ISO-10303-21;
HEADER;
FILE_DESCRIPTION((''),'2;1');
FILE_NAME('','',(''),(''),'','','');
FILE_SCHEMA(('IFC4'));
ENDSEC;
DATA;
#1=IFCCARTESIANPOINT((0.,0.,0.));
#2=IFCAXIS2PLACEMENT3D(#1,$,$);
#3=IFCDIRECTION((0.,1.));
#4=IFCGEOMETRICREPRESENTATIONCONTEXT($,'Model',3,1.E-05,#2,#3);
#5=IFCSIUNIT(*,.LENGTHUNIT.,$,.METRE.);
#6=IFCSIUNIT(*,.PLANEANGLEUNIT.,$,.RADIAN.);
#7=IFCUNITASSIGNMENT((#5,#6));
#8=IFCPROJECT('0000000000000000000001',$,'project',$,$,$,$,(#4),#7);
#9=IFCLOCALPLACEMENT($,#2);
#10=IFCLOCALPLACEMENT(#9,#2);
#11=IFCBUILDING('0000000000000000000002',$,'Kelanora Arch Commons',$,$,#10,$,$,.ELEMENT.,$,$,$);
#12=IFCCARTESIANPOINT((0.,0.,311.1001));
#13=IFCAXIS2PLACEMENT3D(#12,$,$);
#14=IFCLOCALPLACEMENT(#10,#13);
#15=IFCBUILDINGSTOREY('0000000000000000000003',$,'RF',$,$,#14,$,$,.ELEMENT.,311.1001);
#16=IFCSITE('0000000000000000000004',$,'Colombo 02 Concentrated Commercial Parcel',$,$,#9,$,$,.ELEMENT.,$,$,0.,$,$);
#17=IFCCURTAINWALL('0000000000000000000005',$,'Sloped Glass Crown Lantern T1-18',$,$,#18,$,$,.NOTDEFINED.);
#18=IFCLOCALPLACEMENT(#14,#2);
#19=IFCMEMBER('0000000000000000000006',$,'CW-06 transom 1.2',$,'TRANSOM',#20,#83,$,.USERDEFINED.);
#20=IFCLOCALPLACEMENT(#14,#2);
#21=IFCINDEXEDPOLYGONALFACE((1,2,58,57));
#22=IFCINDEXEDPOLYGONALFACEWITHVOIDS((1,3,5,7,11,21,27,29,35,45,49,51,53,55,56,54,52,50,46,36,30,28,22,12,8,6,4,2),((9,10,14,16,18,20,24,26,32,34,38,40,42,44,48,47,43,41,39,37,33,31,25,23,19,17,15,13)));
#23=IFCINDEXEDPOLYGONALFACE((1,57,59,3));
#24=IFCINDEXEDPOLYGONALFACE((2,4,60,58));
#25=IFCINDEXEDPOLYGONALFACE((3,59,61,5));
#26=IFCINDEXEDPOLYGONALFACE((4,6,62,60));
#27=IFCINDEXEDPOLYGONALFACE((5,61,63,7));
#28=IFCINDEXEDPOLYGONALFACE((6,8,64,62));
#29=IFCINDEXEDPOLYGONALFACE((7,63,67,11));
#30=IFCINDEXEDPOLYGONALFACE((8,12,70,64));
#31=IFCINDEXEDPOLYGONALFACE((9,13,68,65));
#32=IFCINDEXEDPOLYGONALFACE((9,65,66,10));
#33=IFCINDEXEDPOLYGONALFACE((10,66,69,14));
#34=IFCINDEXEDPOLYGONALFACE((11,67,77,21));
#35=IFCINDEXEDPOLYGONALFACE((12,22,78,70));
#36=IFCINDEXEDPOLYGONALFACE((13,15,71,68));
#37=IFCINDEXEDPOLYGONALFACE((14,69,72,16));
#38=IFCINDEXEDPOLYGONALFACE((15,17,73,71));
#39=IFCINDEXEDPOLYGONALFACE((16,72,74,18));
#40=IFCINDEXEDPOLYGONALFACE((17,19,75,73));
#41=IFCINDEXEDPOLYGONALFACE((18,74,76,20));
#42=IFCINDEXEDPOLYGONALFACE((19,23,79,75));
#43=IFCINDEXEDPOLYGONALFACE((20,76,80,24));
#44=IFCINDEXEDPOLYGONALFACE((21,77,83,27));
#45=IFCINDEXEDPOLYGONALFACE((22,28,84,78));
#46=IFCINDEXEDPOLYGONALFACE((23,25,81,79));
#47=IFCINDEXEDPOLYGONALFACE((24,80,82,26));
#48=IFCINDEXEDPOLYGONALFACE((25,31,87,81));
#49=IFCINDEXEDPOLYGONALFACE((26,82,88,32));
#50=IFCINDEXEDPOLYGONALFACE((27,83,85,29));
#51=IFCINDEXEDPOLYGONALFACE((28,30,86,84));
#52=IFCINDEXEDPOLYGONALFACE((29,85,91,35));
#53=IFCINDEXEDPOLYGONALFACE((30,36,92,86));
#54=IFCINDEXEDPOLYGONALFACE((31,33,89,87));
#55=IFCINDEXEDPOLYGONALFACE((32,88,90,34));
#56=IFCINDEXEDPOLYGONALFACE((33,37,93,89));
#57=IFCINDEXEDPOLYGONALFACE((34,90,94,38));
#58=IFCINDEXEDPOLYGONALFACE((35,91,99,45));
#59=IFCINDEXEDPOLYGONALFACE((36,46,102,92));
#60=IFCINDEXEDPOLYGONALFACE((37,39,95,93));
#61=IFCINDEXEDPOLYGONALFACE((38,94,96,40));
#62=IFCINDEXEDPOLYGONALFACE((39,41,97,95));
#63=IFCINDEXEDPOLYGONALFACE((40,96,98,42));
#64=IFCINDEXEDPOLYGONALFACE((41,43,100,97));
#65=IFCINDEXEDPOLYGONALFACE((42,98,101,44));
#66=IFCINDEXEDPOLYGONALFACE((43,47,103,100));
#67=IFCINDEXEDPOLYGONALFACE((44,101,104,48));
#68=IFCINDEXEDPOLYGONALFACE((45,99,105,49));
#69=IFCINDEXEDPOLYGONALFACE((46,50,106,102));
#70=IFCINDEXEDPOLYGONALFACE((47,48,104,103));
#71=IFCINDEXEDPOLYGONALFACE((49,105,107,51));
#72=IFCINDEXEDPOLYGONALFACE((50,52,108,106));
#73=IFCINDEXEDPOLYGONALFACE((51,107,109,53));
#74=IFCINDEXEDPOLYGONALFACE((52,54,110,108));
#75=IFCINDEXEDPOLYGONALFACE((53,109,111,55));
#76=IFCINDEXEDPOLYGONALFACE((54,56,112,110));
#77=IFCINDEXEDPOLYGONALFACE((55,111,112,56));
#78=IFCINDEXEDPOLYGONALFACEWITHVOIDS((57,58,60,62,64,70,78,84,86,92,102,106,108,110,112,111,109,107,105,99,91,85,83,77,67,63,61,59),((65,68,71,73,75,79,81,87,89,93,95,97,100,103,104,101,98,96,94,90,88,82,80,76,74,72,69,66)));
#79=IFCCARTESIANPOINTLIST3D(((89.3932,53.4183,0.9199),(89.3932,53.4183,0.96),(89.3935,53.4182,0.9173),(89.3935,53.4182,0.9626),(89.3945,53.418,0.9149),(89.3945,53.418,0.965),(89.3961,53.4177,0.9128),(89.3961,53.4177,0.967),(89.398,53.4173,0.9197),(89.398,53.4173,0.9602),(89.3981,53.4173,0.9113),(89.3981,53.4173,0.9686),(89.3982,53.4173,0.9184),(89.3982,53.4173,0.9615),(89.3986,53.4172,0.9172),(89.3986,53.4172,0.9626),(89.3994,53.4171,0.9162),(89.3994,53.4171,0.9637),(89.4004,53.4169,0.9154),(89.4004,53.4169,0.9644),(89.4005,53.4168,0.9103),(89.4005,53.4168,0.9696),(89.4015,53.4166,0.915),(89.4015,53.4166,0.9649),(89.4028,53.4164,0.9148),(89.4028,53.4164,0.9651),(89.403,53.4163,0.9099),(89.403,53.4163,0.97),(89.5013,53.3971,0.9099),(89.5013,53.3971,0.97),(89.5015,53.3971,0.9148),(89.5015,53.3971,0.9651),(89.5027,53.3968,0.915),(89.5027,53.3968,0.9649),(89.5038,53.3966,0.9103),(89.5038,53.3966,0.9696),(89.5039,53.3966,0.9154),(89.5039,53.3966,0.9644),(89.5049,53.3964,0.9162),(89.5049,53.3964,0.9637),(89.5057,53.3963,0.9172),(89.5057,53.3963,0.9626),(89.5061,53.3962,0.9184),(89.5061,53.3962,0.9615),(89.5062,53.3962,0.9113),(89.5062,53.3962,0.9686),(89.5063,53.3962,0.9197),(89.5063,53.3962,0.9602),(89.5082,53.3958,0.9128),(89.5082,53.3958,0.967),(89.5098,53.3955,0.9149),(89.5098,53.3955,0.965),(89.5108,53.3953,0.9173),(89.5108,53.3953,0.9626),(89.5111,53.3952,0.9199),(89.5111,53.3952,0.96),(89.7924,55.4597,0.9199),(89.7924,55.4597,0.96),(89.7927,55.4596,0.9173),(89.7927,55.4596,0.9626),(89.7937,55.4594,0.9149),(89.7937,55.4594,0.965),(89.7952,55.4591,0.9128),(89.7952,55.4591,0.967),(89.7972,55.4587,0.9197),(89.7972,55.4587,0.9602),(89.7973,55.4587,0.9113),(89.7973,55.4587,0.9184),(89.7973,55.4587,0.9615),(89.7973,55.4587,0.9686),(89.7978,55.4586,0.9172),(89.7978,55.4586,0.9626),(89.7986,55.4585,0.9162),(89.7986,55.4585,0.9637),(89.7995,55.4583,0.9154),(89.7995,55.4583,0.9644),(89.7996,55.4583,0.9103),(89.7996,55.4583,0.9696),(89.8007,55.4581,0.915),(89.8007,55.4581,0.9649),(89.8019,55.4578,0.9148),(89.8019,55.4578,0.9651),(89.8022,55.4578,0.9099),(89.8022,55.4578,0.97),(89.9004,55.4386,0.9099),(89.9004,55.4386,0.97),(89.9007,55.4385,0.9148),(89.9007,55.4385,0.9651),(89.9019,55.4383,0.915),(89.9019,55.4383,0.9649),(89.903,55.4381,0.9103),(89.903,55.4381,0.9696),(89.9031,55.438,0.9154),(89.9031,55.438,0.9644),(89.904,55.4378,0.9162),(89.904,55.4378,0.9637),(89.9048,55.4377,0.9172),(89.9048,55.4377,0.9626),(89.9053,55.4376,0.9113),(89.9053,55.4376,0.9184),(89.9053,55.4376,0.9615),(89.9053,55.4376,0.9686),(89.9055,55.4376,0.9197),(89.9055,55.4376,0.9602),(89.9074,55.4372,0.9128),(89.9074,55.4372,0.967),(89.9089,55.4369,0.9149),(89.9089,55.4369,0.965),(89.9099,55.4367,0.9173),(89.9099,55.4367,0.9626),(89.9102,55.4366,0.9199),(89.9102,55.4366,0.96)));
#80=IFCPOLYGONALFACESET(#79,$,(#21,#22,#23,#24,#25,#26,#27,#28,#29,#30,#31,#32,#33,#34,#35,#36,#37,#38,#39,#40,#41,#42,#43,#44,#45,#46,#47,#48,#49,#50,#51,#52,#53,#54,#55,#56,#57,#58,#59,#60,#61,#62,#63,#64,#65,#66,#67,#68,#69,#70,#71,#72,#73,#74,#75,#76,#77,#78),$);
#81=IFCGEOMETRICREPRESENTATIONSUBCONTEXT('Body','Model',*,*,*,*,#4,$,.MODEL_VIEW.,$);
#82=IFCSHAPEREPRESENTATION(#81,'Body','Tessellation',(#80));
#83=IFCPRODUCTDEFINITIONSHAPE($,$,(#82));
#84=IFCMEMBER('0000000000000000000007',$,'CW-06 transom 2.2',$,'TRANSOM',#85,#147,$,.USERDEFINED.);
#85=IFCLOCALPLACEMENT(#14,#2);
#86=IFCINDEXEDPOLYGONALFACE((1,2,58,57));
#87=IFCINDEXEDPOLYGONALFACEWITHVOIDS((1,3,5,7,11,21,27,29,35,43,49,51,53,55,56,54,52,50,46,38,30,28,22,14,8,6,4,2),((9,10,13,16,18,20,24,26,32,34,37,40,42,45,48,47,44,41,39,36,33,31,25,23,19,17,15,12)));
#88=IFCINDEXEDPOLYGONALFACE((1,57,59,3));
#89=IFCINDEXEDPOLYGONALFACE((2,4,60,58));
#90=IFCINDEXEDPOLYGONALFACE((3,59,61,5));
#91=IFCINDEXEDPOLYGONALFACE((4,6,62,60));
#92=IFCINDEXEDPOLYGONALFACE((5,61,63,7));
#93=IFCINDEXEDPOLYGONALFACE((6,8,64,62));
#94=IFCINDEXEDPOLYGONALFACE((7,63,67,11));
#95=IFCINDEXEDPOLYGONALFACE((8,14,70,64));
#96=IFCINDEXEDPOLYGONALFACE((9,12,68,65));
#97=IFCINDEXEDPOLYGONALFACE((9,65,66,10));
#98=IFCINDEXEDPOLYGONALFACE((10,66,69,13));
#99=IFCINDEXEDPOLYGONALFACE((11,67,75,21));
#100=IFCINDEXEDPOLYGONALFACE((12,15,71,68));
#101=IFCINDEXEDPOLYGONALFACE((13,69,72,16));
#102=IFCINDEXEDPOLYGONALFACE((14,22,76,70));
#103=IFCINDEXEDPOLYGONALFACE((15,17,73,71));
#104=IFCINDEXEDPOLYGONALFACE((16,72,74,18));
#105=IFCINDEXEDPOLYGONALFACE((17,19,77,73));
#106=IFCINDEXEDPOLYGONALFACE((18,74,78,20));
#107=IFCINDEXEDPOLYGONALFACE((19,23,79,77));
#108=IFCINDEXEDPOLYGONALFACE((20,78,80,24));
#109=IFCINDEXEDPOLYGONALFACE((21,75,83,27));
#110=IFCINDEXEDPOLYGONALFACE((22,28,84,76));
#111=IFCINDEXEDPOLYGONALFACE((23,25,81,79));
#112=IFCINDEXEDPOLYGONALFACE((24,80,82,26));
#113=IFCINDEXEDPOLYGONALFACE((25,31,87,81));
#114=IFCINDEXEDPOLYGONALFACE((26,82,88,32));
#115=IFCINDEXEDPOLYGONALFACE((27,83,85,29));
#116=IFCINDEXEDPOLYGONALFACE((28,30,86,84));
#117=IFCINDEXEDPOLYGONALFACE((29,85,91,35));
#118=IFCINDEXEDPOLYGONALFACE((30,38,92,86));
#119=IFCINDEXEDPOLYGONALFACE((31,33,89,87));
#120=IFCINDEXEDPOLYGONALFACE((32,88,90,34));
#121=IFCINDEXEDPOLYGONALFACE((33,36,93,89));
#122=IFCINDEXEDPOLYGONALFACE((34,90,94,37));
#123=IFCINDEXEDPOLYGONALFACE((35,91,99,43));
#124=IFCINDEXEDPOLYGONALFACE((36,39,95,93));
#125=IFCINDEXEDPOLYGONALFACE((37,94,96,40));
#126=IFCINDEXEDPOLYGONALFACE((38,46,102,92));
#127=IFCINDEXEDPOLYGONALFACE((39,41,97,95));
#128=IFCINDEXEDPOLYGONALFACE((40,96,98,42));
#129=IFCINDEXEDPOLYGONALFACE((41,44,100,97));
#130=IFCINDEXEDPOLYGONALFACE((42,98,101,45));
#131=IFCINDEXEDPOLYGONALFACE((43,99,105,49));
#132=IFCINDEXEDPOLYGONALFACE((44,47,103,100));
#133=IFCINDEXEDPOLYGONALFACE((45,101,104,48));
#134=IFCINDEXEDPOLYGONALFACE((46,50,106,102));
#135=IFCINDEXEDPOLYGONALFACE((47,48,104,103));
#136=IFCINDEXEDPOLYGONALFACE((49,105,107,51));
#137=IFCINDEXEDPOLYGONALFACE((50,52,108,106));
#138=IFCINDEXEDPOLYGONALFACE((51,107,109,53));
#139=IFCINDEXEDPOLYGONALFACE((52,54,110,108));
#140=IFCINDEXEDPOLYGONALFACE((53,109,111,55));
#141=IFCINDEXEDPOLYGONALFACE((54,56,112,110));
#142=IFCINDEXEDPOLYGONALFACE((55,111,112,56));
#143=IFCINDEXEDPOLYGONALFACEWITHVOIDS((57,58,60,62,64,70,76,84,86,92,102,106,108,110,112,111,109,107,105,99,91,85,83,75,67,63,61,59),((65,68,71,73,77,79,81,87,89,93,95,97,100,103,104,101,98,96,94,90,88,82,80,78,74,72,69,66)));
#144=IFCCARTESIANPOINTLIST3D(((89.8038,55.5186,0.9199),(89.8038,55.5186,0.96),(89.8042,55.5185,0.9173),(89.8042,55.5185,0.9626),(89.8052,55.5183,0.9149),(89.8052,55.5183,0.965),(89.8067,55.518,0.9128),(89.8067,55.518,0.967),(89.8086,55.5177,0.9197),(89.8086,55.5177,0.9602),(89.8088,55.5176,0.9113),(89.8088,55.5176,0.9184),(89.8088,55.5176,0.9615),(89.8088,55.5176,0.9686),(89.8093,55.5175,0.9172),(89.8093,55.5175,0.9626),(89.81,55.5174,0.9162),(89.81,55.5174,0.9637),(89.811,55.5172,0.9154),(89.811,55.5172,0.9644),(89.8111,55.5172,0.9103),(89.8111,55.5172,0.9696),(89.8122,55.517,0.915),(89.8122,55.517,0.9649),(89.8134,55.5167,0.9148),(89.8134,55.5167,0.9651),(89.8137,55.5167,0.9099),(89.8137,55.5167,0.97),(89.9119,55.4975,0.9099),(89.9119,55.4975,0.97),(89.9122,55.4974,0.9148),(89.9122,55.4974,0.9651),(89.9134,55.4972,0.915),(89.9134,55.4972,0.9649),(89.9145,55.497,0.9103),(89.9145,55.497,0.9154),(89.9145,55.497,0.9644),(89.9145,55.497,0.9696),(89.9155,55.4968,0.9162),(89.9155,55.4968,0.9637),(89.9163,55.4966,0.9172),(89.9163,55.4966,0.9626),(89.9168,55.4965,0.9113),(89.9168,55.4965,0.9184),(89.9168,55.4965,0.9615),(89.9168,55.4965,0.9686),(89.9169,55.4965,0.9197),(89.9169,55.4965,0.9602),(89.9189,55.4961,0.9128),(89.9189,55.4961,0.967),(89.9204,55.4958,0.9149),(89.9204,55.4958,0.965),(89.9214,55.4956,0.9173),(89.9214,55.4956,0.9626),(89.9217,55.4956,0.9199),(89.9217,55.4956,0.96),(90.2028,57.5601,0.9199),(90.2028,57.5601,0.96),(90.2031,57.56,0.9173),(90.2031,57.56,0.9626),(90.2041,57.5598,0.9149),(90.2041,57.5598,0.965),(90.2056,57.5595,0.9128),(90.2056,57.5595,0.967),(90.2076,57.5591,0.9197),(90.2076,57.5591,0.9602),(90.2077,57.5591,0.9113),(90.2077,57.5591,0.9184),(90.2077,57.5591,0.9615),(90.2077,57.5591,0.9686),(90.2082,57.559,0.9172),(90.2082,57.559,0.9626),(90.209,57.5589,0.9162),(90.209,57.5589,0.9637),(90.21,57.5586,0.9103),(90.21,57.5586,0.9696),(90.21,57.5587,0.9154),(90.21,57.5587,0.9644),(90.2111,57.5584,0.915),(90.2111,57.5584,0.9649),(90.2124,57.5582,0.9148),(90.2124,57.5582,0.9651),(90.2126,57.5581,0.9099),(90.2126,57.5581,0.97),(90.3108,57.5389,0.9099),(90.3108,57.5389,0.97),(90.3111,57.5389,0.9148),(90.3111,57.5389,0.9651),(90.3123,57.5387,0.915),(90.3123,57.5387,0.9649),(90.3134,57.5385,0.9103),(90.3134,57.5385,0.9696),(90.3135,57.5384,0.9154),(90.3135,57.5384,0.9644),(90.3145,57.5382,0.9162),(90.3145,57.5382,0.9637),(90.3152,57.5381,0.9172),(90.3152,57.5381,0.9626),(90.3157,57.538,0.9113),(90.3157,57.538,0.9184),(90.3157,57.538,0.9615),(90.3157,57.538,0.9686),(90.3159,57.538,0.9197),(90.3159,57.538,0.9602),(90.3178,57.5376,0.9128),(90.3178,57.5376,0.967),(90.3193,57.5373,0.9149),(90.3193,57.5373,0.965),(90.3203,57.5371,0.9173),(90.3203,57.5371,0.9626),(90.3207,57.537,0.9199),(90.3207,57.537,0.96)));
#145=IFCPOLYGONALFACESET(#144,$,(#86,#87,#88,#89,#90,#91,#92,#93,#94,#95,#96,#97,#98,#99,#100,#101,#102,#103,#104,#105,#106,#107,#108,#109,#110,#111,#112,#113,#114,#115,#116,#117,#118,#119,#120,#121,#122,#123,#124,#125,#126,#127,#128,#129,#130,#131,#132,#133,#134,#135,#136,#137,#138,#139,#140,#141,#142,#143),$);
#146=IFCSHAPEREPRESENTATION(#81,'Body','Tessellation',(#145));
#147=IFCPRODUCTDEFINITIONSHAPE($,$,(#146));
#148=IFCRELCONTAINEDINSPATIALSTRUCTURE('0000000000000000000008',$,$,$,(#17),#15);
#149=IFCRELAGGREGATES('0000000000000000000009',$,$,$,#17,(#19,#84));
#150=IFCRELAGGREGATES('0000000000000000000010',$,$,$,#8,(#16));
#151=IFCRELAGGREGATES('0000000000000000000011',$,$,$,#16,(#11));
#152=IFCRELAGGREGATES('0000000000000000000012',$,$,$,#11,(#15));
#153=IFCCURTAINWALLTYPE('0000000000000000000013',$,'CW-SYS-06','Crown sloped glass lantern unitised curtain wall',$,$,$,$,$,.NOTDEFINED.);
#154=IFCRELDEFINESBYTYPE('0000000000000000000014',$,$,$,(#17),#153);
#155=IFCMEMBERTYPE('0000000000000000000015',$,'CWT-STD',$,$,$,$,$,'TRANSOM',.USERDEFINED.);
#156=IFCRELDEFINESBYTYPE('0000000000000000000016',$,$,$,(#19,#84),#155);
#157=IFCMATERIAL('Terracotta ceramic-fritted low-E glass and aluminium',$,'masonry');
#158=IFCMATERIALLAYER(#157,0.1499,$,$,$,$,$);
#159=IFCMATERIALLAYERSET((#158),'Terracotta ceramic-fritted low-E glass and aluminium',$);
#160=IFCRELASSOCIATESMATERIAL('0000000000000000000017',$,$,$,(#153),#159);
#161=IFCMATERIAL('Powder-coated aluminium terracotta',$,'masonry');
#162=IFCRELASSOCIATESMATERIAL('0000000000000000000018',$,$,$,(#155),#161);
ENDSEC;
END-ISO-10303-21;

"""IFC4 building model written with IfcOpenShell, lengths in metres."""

from ifc_helpers import new_model, si_unit, direction, frame, origin, origin_2d, place, context, subcontext, project, spatial, hollow_rectangle, extrude, material, layer, layer_set, material_profile, profile_set, type_object, element, aggregate, save


model = new_model("IFC4")

# Units and contexts
model_context = context("Model", 3, precision=1e-05, world=origin(), true_north=direction((0.0, 1.0)))
body_context = subcontext(model_context, "Body", "Model", "MODEL_VIEW")
ifc_project = project(units=[si_unit("LENGTHUNIT", "METRE"), si_unit("PLANEANGLEUNIT", "RADIAN")], contexts=[model_context])

# Site, building, storey
site_placement = place(None, origin())
site = spatial("IfcSite", under=ifc_project, at=site_placement, Name="Colombo 02 Concentrated Commercial Parcel", CompositionType="ELEMENT", RefElevation=0.0)
building_placement = place(site_placement, origin())
building = spatial("IfcBuilding", under=site, at=building_placement, Name="Kelanora Arch Commons", CompositionType="ELEMENT")
storey_placement = place(building_placement, frame((0.0, 0.0, 311.1001)))
storey = spatial("IfcBuildingStorey", under=building, at=storey_placement, Name="RF", CompositionType="ELEMENT", Elevation=311.1001)

# Shared definitions
ifc_material_1 = material(Name="Terracotta ceramic-fritted low-E glass and aluminium", Category="masonry")
ifc_layer_1 = layer(ifc_material_1, 0.1499)
ifc_layer_set_1 = layer_set([ifc_layer_1], Name="Terracotta ceramic-fritted low-E glass and aluminium")
curtain_wall_type = type_object("IfcCurtainWallType", Name="CW-SYS-06", Description="Crown sloped glass lantern unitised curtain wall", PredefinedType="NOTDEFINED", material=ifc_layer_set_1)
ifc_material_2 = material(Name="Powder-coated aluminium terracotta", Category="masonry")

# Shared definitions
ifc_material_profile_1 = material_profile(ifc_material_2, hollow_rectangle(XDim=0.1201, YDim=0.0601, WallThickness=0.0049, InnerFilletRadius=0.0049, OuterFilletRadius=0.01, at=origin_2d()), Name="CWT120x60")
ifc_profile_set_1 = profile_set([ifc_material_profile_1], Name="Powder-coated aluminium terracotta")
member_type_1 = type_object("IfcMemberType", Name="CWT-STD", ElementType="TRANSOM", PredefinedType="USERDEFINED", material=ifc_profile_set_1)

# Curtain wall, members
curtain_wall_1_placement = place(storey_placement, origin())
curtain_wall_1 = element("IfcCurtainWall", 1, at=curtain_wall_1_placement, inside=storey, type_object=curtain_wall_type, Name="Sloped Glass Crown Lantern T1-18", PredefinedType="NOTDEFINED")
member_1_placement = place(storey_placement, frame((89.4521, 53.4067, 0.9399), z_axis=(0.191894, 0.981416, 0.0), x_axis=(-0.981416, 0.191894, 0.0)))
member_1 = element("IfcMember", 2, at=member_1_placement, type_object=member_type_1, Name="CW-06 transom 1.2", ObjectType="TRANSOM", PredefinedType="USERDEFINED", context=body_context, shape_type="SweptSolid", body=[
    extrude(hollow_rectangle(XDim=0.1201, YDim=0.0601, WallThickness=0.0049, InnerFilletRadius=0.0049, OuterFilletRadius=0.01, at=origin_2d()), origin(), (0.0, 0.0, 1.0), 2.0801),
])
member_2_placement = place(storey_placement, frame((89.8628, 55.5071, 0.9399), z_axis=(0.191781, 0.981438, 0.0), x_axis=(-0.981438, 0.191781, 0.0)))
member_2 = element("IfcMember", 3, at=member_2_placement, type_object=member_type_1, Name="CW-06 transom 2.2", ObjectType="TRANSOM", PredefinedType="USERDEFINED", context=body_context, shape_type="SweptSolid", body=[
    extrude(hollow_rectangle(XDim=0.1201, YDim=0.0601, WallThickness=0.0049, InnerFilletRadius=0.0049, OuterFilletRadius=0.01, at=origin_2d()), origin(), (0.0, 0.0, 1.0), 2.0801),
])

aggregate(curtain_wall_1, [member_1, member_2])

save(model, "model.ifc")
